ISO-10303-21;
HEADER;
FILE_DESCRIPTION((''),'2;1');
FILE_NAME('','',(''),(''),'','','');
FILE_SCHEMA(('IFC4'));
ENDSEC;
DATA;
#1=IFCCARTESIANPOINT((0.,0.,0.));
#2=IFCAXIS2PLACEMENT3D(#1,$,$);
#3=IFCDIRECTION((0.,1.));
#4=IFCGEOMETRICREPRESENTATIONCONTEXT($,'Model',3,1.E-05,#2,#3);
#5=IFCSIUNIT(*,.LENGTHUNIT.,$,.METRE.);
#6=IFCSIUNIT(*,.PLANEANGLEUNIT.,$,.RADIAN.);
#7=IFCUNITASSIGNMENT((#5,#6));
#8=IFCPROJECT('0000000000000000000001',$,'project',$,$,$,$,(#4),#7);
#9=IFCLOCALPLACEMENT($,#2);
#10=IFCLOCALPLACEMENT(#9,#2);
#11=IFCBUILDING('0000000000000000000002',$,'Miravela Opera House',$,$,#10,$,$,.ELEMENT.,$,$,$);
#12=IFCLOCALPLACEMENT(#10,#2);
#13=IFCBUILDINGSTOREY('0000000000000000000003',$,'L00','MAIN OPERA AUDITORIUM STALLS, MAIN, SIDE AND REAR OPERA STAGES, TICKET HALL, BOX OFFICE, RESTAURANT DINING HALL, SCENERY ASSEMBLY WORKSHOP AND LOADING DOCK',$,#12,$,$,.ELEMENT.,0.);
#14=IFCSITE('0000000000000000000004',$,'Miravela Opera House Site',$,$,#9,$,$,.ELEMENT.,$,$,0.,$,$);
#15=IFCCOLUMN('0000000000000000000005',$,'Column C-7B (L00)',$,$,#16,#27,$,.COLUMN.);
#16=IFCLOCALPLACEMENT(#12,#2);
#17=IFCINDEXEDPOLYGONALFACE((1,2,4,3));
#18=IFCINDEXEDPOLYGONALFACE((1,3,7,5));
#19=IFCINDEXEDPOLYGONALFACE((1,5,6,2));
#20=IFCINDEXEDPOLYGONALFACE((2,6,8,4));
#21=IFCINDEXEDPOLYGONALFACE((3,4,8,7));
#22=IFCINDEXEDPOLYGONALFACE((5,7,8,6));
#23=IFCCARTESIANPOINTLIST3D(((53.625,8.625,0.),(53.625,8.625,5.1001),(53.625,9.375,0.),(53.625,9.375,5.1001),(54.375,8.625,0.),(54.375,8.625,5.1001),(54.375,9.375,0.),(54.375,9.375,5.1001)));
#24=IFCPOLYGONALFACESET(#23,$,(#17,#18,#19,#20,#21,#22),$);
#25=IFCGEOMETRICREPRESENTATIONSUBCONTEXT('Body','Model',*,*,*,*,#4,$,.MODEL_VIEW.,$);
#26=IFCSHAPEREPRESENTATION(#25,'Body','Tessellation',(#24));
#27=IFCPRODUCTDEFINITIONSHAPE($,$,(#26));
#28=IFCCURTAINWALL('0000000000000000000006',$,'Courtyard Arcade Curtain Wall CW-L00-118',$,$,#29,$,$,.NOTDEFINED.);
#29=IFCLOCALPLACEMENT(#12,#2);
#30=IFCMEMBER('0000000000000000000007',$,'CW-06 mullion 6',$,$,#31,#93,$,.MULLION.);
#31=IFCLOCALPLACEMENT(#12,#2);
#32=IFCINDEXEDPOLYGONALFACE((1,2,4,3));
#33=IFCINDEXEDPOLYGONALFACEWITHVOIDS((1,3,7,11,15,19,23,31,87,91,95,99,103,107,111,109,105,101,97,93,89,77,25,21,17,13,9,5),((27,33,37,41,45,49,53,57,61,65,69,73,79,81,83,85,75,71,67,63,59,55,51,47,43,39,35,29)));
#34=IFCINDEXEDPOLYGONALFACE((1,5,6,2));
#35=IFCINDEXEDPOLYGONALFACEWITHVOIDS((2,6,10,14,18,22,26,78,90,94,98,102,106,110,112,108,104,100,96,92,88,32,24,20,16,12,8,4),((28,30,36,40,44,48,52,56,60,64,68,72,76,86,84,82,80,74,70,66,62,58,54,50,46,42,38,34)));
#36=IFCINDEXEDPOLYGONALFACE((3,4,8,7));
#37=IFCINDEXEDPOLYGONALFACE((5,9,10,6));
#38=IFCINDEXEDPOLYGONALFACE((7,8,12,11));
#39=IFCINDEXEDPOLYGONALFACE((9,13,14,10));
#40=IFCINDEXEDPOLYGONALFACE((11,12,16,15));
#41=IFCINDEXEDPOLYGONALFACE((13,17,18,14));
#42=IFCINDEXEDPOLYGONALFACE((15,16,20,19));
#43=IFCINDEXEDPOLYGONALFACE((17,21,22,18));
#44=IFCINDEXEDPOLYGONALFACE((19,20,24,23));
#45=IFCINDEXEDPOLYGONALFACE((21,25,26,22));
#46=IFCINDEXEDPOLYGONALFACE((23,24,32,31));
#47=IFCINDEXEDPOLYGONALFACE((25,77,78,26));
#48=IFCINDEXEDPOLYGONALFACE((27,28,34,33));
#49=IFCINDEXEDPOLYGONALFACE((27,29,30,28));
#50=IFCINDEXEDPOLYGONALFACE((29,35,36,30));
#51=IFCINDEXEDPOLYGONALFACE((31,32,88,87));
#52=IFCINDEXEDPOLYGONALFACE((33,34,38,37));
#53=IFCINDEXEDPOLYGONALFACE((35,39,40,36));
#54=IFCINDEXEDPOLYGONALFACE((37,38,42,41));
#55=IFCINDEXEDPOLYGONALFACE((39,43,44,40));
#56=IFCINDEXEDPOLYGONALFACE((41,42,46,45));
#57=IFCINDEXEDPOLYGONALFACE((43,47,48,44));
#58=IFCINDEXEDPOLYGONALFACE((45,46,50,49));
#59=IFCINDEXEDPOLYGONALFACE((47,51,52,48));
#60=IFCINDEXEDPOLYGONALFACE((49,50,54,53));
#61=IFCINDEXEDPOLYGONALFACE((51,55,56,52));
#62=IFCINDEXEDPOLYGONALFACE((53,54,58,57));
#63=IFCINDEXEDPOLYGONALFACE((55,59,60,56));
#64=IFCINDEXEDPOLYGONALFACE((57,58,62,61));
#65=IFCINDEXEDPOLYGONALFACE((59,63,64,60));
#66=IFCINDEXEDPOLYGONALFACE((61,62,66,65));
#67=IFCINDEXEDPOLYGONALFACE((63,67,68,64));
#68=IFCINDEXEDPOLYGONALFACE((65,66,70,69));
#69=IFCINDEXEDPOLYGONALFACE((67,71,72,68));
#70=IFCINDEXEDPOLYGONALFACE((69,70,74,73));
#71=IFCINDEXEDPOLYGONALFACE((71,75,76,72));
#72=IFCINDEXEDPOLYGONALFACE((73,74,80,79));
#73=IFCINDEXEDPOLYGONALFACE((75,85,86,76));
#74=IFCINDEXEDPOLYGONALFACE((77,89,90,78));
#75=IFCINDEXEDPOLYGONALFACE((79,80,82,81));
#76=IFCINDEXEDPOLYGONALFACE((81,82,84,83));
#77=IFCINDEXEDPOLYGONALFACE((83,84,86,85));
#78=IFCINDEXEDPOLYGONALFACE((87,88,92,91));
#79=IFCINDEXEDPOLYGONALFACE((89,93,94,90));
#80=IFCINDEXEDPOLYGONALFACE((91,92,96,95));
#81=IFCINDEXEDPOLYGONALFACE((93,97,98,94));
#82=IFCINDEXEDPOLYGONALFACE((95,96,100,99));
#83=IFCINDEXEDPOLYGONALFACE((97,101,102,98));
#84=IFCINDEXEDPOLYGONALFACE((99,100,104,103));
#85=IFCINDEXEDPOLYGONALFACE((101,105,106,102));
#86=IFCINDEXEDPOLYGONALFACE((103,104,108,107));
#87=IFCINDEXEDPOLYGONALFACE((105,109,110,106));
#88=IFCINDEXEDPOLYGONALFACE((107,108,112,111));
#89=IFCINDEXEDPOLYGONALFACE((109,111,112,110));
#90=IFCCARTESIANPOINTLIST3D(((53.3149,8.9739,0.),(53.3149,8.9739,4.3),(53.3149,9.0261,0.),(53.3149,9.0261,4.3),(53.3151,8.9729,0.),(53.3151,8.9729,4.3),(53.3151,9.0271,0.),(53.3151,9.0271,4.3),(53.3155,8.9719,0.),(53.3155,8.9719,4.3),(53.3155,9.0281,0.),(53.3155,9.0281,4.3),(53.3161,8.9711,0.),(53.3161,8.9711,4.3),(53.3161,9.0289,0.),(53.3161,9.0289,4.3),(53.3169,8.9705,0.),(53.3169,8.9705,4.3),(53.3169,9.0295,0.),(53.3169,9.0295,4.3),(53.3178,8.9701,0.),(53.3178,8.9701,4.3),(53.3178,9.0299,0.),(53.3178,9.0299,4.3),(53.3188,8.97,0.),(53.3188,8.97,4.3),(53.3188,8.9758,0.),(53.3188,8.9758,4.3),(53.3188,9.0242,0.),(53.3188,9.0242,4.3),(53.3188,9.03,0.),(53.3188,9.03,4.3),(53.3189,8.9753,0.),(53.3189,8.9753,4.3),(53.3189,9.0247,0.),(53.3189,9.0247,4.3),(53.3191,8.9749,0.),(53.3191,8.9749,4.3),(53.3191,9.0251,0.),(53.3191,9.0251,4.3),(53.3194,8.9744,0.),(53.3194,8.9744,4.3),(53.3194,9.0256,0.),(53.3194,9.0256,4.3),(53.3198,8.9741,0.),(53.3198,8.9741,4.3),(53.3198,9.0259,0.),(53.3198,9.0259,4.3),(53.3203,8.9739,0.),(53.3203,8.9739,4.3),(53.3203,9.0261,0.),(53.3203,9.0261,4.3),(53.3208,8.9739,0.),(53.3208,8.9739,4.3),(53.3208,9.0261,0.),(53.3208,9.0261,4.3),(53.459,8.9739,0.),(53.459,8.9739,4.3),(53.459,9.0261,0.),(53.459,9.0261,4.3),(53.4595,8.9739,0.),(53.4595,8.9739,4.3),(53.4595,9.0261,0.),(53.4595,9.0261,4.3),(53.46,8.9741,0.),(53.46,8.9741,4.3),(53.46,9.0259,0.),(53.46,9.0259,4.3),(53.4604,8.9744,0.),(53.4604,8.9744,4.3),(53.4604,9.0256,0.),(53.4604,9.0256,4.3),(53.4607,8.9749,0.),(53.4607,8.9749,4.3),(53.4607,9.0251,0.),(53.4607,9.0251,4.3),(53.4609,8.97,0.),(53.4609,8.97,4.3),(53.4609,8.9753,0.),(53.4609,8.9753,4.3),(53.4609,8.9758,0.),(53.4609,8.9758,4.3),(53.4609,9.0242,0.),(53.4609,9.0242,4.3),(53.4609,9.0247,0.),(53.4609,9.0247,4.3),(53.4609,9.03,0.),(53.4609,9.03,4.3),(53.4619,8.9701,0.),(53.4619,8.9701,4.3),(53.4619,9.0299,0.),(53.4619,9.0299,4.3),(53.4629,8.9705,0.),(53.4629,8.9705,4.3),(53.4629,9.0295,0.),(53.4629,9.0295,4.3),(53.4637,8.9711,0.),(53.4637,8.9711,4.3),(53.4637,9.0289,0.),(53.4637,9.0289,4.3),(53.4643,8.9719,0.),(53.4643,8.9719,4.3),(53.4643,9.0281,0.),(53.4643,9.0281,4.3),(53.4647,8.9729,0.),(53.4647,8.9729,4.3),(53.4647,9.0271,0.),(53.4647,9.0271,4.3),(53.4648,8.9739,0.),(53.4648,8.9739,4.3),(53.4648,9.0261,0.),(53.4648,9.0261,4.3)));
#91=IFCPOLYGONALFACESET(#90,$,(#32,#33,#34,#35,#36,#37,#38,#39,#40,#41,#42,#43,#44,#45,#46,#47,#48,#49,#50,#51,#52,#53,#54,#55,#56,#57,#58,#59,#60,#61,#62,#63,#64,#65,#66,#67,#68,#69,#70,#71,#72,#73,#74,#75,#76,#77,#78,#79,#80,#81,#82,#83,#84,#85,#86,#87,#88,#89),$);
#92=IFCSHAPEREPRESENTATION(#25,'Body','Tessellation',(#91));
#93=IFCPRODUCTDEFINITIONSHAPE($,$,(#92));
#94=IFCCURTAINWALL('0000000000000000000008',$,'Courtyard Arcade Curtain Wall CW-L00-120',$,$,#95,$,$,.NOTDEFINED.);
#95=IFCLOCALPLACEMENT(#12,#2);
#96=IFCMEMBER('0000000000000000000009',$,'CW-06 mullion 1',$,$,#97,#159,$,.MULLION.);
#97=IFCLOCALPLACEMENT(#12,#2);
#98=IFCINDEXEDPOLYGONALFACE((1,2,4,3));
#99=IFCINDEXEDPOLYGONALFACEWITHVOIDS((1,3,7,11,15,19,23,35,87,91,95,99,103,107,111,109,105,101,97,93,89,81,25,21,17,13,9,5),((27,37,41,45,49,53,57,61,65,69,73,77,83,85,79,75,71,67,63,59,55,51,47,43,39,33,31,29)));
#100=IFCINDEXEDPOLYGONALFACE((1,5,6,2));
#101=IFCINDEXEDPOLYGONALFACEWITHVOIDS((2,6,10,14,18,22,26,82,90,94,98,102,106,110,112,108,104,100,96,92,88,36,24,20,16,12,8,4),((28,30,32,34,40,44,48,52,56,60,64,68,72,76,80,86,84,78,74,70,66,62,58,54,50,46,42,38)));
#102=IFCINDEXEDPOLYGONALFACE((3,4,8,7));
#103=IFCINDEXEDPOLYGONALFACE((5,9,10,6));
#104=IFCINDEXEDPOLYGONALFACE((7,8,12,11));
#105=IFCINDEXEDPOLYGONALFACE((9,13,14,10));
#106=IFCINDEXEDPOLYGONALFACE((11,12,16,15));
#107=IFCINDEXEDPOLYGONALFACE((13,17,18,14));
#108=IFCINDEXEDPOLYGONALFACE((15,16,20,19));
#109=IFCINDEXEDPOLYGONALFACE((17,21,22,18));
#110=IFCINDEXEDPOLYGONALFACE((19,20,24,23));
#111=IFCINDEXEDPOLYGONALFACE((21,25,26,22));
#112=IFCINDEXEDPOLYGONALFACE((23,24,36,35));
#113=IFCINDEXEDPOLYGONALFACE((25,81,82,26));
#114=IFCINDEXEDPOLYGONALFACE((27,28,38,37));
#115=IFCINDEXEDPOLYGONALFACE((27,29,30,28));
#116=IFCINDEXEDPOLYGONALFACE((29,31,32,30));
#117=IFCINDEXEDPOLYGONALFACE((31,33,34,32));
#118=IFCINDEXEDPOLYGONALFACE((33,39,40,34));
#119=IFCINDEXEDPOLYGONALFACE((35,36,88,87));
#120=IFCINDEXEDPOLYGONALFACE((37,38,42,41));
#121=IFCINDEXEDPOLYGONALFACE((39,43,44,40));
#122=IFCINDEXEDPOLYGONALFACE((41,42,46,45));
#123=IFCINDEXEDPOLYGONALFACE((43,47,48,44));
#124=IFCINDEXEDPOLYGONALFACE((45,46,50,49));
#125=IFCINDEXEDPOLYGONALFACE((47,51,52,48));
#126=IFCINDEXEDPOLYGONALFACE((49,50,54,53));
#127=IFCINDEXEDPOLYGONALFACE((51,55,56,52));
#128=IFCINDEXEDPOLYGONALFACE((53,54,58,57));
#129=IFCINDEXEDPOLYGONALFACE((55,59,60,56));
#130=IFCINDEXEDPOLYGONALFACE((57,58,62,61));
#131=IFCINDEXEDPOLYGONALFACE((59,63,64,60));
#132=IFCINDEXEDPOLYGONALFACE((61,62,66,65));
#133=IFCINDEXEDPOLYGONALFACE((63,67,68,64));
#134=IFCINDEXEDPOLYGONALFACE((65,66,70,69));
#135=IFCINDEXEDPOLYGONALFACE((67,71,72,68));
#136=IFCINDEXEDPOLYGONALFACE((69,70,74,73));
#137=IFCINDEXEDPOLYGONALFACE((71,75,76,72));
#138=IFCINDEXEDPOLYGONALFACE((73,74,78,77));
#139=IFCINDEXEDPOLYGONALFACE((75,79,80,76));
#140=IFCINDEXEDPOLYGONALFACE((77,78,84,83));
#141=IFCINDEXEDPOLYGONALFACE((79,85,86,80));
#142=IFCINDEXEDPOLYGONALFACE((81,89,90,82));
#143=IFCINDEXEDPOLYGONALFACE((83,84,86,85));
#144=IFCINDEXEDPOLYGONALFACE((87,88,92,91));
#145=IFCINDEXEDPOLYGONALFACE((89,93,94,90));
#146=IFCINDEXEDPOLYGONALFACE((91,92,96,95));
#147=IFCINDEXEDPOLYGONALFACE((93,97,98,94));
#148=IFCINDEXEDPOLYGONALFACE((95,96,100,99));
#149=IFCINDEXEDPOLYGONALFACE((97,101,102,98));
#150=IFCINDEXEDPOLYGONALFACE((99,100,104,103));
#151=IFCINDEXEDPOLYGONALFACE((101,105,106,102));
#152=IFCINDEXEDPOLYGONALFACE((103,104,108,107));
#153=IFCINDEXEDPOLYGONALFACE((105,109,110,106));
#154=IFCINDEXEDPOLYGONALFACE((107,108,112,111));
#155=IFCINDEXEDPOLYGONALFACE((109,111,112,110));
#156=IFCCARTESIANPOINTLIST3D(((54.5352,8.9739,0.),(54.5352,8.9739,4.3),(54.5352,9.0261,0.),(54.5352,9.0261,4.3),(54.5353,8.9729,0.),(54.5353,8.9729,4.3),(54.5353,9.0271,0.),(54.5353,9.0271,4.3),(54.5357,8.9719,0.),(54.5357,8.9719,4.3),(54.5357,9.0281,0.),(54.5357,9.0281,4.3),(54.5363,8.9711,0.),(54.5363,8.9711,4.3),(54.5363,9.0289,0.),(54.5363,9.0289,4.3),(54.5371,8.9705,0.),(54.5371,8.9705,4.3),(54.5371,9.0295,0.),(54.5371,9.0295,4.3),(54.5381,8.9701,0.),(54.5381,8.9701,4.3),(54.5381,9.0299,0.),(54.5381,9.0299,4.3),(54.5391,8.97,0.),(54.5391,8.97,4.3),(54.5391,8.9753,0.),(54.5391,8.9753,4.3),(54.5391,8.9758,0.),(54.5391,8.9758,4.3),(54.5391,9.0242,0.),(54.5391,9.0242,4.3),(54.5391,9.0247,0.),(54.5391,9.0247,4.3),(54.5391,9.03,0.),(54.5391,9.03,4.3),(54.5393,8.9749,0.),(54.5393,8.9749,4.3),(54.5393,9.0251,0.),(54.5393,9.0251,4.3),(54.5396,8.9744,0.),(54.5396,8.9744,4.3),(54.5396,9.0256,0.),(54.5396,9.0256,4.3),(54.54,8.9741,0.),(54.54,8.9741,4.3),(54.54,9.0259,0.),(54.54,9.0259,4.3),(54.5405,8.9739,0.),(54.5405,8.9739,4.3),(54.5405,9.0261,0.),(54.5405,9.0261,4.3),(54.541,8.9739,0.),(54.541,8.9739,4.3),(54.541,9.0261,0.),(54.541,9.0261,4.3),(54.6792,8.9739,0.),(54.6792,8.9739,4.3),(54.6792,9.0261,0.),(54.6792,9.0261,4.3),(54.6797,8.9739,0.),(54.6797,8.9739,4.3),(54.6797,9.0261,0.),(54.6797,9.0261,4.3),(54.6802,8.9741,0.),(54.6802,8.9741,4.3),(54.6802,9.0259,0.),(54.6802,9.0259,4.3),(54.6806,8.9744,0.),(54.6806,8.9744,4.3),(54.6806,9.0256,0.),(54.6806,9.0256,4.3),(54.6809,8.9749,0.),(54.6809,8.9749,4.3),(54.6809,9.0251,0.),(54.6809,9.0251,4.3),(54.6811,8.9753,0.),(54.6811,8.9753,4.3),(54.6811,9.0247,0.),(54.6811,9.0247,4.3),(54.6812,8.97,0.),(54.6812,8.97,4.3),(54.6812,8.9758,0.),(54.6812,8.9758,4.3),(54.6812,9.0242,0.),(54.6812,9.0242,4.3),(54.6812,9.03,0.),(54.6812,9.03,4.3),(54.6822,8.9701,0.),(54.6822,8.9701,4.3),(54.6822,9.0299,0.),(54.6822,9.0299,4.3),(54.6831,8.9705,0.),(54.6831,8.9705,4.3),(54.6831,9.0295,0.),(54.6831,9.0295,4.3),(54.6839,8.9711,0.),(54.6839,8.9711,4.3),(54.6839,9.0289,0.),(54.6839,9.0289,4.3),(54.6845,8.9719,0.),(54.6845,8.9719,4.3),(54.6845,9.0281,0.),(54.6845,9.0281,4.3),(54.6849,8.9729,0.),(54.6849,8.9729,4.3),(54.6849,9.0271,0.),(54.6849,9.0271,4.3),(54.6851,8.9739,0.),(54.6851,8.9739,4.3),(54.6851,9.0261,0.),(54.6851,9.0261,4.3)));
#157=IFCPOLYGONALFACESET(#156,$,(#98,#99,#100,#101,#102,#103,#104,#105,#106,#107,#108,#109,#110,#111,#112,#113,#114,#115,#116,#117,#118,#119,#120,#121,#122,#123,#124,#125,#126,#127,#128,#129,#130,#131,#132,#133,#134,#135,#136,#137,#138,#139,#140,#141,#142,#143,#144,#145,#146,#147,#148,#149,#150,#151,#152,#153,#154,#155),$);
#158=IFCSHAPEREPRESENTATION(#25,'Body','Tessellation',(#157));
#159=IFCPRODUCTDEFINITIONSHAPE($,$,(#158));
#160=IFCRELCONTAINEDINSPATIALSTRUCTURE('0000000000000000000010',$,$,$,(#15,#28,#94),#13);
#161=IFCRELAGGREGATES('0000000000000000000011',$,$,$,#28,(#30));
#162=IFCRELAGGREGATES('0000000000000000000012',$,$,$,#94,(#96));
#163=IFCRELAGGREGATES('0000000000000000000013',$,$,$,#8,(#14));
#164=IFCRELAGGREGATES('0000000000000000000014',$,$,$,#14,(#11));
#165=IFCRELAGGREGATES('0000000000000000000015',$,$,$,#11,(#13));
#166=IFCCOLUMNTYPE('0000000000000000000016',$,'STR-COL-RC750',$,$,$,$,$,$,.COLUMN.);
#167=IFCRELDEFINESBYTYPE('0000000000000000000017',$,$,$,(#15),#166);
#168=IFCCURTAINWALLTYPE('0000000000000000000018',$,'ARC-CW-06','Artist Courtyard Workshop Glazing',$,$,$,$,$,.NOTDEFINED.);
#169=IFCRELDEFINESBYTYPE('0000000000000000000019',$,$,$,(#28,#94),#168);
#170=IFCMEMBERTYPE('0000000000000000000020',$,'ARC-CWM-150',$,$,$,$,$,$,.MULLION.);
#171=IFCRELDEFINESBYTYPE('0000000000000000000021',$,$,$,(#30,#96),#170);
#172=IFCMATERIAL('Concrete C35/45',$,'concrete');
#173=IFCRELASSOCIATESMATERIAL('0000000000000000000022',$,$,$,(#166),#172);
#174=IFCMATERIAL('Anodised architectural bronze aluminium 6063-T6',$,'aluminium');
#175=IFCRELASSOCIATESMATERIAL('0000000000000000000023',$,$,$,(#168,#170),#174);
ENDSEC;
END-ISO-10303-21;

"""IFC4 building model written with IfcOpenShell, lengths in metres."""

from ifc_helpers import new_model, si_unit, direction, frame, origin, origin_2d, place, context, subcontext, project, spatial, rectangle, hollow_rectangle, extrude, material, material_profile, profile_set, type_object, element, aggregate, save


model = new_model("IFC4")

# Units and contexts
model_context = context("Model", 3, precision=1e-05, world=origin(), true_north=direction((0.0, 1.0)))
body_context = subcontext(model_context, "Body", "Model", "MODEL_VIEW")
ifc_project = project(units=[si_unit("LENGTHUNIT", "METRE"), si_unit("PLANEANGLEUNIT", "RADIAN")], contexts=[model_context])

# Site, building, storey
site_placement = place(None, origin())
site = spatial("IfcSite", under=ifc_project, at=site_placement, Name="Miravela Opera House Site", CompositionType="ELEMENT", RefElevation=0.0)
building_placement = place(site_placement, origin())
building = spatial("IfcBuilding", under=site, at=building_placement, Name="Miravela Opera House", CompositionType="ELEMENT")
storey_placement = place(building_placement, origin())
storey = spatial("IfcBuildingStorey", under=building, at=storey_placement, Name="L00", Description="MAIN OPERA AUDITORIUM STALLS, MAIN, SIDE AND REAR OPERA STAGES, TICKET HALL, BOX OFFICE, RESTAURANT DINING HALL, SCENERY ASSEMBLY WORKSHOP AND LOADING DOCK", CompositionType="ELEMENT", Elevation=0.0)

# Column
ifc_material_1 = material(Name="Concrete C35/45", Category="concrete")
ifc_material_profile_1 = material_profile(ifc_material_1, rectangle(XDim=0.75, YDim=0.75, at=origin_2d()), Name="RC-COL-750X750")
ifc_profile_set_1 = profile_set([ifc_material_profile_1])
column_type = type_object("IfcColumnType", Name="STR-COL-RC750", PredefinedType="COLUMN", material=ifc_profile_set_1)
column_placement = place(storey_placement, frame((54.0, 9.0, 0.0), z_axis=(0.0, 0.0, 1.0), x_axis=(1.0, 0.0, 0.0)))
element("IfcColumn", 1, at=column_placement, inside=storey, type_object=column_type, Name="Column C-7B (L00)", PredefinedType="COLUMN", context=body_context, shape_type="SweptSolid", body=[
    extrude(rectangle(XDim=0.75, YDim=0.75, at=origin_2d()), origin(), (0.0, 0.0, 1.0), 5.1001),
])

# Curtain wall, member
ifc_material_2 = material(Name="Anodised architectural bronze aluminium 6063-T6", Category="aluminium")
curtain_wall_type = type_object("IfcCurtainWallType", Name="ARC-CW-06", Description="Artist Courtyard Workshop Glazing", PredefinedType="NOTDEFINED", material=ifc_material_2)
curtain_wall_1_placement = place(storey_placement, origin())
curtain_wall_1 = element("IfcCurtainWall", 2, at=curtain_wall_1_placement, inside=storey, type_object=curtain_wall_type, Name="Courtyard Arcade Curtain Wall CW-L00-118", PredefinedType="NOTDEFINED")
ifc_material_profile_2 = material_profile(ifc_material_2, hollow_rectangle(XDim=0.0601, YDim=0.1499, WallThickness=0.0039, InnerFilletRadius=0.002, OuterFilletRadius=0.0039, at=origin_2d()), Name="CWM-60X150")
ifc_profile_set_2 = profile_set([ifc_material_profile_2])
member_type_1 = type_object("IfcMemberType", Name="ARC-CWM-150", PredefinedType="MULLION", material=ifc_profile_set_2)
member_1_placement = place(storey_placement, frame((53.3899, 9.0, 0.0), z_axis=(0.0, 0.0, 1.0), x_axis=(0.0, 1.0, 0.0)))
member_1 = element("IfcMember", 3, at=member_1_placement, type_object=member_type_1, Name="CW-06 mullion 6", PredefinedType="MULLION", context=body_context, shape_type="SweptSolid", body=[
    extrude(hollow_rectangle(XDim=0.0601, YDim=0.1499, WallThickness=0.0039, InnerFilletRadius=0.002, OuterFilletRadius=0.0039, at=origin_2d()), origin(), (0.0, 0.0, 1.0), 4.3),
])

# Curtain wall, member
curtain_wall_2_placement = place(storey_placement, origin())
curtain_wall_2 = element("IfcCurtainWall", 4, at=curtain_wall_2_placement, inside=storey, type_object=curtain_wall_type, Name="Courtyard Arcade Curtain Wall CW-L00-120", PredefinedType="NOTDEFINED")
member_2_placement = place(storey_placement, frame((54.6101, 9.0, 0.0), z_axis=(0.0, 0.0, 1.0), x_axis=(0.0, 1.0, 0.0)))
member_2 = element("IfcMember", 5, at=member_2_placement, type_object=member_type_1, Name="CW-06 mullion 1", PredefinedType="MULLION", context=body_context, shape_type="SweptSolid", body=[
    extrude(hollow_rectangle(XDim=0.0601, YDim=0.1499, WallThickness=0.0039, InnerFilletRadius=0.002, OuterFilletRadius=0.0039, at=origin_2d()), origin(), (0.0, 0.0, 1.0), 4.3),
])

aggregate(curtain_wall_1, [member_1])
aggregate(curtain_wall_2, [member_2])

save(model, "model.ifc")
